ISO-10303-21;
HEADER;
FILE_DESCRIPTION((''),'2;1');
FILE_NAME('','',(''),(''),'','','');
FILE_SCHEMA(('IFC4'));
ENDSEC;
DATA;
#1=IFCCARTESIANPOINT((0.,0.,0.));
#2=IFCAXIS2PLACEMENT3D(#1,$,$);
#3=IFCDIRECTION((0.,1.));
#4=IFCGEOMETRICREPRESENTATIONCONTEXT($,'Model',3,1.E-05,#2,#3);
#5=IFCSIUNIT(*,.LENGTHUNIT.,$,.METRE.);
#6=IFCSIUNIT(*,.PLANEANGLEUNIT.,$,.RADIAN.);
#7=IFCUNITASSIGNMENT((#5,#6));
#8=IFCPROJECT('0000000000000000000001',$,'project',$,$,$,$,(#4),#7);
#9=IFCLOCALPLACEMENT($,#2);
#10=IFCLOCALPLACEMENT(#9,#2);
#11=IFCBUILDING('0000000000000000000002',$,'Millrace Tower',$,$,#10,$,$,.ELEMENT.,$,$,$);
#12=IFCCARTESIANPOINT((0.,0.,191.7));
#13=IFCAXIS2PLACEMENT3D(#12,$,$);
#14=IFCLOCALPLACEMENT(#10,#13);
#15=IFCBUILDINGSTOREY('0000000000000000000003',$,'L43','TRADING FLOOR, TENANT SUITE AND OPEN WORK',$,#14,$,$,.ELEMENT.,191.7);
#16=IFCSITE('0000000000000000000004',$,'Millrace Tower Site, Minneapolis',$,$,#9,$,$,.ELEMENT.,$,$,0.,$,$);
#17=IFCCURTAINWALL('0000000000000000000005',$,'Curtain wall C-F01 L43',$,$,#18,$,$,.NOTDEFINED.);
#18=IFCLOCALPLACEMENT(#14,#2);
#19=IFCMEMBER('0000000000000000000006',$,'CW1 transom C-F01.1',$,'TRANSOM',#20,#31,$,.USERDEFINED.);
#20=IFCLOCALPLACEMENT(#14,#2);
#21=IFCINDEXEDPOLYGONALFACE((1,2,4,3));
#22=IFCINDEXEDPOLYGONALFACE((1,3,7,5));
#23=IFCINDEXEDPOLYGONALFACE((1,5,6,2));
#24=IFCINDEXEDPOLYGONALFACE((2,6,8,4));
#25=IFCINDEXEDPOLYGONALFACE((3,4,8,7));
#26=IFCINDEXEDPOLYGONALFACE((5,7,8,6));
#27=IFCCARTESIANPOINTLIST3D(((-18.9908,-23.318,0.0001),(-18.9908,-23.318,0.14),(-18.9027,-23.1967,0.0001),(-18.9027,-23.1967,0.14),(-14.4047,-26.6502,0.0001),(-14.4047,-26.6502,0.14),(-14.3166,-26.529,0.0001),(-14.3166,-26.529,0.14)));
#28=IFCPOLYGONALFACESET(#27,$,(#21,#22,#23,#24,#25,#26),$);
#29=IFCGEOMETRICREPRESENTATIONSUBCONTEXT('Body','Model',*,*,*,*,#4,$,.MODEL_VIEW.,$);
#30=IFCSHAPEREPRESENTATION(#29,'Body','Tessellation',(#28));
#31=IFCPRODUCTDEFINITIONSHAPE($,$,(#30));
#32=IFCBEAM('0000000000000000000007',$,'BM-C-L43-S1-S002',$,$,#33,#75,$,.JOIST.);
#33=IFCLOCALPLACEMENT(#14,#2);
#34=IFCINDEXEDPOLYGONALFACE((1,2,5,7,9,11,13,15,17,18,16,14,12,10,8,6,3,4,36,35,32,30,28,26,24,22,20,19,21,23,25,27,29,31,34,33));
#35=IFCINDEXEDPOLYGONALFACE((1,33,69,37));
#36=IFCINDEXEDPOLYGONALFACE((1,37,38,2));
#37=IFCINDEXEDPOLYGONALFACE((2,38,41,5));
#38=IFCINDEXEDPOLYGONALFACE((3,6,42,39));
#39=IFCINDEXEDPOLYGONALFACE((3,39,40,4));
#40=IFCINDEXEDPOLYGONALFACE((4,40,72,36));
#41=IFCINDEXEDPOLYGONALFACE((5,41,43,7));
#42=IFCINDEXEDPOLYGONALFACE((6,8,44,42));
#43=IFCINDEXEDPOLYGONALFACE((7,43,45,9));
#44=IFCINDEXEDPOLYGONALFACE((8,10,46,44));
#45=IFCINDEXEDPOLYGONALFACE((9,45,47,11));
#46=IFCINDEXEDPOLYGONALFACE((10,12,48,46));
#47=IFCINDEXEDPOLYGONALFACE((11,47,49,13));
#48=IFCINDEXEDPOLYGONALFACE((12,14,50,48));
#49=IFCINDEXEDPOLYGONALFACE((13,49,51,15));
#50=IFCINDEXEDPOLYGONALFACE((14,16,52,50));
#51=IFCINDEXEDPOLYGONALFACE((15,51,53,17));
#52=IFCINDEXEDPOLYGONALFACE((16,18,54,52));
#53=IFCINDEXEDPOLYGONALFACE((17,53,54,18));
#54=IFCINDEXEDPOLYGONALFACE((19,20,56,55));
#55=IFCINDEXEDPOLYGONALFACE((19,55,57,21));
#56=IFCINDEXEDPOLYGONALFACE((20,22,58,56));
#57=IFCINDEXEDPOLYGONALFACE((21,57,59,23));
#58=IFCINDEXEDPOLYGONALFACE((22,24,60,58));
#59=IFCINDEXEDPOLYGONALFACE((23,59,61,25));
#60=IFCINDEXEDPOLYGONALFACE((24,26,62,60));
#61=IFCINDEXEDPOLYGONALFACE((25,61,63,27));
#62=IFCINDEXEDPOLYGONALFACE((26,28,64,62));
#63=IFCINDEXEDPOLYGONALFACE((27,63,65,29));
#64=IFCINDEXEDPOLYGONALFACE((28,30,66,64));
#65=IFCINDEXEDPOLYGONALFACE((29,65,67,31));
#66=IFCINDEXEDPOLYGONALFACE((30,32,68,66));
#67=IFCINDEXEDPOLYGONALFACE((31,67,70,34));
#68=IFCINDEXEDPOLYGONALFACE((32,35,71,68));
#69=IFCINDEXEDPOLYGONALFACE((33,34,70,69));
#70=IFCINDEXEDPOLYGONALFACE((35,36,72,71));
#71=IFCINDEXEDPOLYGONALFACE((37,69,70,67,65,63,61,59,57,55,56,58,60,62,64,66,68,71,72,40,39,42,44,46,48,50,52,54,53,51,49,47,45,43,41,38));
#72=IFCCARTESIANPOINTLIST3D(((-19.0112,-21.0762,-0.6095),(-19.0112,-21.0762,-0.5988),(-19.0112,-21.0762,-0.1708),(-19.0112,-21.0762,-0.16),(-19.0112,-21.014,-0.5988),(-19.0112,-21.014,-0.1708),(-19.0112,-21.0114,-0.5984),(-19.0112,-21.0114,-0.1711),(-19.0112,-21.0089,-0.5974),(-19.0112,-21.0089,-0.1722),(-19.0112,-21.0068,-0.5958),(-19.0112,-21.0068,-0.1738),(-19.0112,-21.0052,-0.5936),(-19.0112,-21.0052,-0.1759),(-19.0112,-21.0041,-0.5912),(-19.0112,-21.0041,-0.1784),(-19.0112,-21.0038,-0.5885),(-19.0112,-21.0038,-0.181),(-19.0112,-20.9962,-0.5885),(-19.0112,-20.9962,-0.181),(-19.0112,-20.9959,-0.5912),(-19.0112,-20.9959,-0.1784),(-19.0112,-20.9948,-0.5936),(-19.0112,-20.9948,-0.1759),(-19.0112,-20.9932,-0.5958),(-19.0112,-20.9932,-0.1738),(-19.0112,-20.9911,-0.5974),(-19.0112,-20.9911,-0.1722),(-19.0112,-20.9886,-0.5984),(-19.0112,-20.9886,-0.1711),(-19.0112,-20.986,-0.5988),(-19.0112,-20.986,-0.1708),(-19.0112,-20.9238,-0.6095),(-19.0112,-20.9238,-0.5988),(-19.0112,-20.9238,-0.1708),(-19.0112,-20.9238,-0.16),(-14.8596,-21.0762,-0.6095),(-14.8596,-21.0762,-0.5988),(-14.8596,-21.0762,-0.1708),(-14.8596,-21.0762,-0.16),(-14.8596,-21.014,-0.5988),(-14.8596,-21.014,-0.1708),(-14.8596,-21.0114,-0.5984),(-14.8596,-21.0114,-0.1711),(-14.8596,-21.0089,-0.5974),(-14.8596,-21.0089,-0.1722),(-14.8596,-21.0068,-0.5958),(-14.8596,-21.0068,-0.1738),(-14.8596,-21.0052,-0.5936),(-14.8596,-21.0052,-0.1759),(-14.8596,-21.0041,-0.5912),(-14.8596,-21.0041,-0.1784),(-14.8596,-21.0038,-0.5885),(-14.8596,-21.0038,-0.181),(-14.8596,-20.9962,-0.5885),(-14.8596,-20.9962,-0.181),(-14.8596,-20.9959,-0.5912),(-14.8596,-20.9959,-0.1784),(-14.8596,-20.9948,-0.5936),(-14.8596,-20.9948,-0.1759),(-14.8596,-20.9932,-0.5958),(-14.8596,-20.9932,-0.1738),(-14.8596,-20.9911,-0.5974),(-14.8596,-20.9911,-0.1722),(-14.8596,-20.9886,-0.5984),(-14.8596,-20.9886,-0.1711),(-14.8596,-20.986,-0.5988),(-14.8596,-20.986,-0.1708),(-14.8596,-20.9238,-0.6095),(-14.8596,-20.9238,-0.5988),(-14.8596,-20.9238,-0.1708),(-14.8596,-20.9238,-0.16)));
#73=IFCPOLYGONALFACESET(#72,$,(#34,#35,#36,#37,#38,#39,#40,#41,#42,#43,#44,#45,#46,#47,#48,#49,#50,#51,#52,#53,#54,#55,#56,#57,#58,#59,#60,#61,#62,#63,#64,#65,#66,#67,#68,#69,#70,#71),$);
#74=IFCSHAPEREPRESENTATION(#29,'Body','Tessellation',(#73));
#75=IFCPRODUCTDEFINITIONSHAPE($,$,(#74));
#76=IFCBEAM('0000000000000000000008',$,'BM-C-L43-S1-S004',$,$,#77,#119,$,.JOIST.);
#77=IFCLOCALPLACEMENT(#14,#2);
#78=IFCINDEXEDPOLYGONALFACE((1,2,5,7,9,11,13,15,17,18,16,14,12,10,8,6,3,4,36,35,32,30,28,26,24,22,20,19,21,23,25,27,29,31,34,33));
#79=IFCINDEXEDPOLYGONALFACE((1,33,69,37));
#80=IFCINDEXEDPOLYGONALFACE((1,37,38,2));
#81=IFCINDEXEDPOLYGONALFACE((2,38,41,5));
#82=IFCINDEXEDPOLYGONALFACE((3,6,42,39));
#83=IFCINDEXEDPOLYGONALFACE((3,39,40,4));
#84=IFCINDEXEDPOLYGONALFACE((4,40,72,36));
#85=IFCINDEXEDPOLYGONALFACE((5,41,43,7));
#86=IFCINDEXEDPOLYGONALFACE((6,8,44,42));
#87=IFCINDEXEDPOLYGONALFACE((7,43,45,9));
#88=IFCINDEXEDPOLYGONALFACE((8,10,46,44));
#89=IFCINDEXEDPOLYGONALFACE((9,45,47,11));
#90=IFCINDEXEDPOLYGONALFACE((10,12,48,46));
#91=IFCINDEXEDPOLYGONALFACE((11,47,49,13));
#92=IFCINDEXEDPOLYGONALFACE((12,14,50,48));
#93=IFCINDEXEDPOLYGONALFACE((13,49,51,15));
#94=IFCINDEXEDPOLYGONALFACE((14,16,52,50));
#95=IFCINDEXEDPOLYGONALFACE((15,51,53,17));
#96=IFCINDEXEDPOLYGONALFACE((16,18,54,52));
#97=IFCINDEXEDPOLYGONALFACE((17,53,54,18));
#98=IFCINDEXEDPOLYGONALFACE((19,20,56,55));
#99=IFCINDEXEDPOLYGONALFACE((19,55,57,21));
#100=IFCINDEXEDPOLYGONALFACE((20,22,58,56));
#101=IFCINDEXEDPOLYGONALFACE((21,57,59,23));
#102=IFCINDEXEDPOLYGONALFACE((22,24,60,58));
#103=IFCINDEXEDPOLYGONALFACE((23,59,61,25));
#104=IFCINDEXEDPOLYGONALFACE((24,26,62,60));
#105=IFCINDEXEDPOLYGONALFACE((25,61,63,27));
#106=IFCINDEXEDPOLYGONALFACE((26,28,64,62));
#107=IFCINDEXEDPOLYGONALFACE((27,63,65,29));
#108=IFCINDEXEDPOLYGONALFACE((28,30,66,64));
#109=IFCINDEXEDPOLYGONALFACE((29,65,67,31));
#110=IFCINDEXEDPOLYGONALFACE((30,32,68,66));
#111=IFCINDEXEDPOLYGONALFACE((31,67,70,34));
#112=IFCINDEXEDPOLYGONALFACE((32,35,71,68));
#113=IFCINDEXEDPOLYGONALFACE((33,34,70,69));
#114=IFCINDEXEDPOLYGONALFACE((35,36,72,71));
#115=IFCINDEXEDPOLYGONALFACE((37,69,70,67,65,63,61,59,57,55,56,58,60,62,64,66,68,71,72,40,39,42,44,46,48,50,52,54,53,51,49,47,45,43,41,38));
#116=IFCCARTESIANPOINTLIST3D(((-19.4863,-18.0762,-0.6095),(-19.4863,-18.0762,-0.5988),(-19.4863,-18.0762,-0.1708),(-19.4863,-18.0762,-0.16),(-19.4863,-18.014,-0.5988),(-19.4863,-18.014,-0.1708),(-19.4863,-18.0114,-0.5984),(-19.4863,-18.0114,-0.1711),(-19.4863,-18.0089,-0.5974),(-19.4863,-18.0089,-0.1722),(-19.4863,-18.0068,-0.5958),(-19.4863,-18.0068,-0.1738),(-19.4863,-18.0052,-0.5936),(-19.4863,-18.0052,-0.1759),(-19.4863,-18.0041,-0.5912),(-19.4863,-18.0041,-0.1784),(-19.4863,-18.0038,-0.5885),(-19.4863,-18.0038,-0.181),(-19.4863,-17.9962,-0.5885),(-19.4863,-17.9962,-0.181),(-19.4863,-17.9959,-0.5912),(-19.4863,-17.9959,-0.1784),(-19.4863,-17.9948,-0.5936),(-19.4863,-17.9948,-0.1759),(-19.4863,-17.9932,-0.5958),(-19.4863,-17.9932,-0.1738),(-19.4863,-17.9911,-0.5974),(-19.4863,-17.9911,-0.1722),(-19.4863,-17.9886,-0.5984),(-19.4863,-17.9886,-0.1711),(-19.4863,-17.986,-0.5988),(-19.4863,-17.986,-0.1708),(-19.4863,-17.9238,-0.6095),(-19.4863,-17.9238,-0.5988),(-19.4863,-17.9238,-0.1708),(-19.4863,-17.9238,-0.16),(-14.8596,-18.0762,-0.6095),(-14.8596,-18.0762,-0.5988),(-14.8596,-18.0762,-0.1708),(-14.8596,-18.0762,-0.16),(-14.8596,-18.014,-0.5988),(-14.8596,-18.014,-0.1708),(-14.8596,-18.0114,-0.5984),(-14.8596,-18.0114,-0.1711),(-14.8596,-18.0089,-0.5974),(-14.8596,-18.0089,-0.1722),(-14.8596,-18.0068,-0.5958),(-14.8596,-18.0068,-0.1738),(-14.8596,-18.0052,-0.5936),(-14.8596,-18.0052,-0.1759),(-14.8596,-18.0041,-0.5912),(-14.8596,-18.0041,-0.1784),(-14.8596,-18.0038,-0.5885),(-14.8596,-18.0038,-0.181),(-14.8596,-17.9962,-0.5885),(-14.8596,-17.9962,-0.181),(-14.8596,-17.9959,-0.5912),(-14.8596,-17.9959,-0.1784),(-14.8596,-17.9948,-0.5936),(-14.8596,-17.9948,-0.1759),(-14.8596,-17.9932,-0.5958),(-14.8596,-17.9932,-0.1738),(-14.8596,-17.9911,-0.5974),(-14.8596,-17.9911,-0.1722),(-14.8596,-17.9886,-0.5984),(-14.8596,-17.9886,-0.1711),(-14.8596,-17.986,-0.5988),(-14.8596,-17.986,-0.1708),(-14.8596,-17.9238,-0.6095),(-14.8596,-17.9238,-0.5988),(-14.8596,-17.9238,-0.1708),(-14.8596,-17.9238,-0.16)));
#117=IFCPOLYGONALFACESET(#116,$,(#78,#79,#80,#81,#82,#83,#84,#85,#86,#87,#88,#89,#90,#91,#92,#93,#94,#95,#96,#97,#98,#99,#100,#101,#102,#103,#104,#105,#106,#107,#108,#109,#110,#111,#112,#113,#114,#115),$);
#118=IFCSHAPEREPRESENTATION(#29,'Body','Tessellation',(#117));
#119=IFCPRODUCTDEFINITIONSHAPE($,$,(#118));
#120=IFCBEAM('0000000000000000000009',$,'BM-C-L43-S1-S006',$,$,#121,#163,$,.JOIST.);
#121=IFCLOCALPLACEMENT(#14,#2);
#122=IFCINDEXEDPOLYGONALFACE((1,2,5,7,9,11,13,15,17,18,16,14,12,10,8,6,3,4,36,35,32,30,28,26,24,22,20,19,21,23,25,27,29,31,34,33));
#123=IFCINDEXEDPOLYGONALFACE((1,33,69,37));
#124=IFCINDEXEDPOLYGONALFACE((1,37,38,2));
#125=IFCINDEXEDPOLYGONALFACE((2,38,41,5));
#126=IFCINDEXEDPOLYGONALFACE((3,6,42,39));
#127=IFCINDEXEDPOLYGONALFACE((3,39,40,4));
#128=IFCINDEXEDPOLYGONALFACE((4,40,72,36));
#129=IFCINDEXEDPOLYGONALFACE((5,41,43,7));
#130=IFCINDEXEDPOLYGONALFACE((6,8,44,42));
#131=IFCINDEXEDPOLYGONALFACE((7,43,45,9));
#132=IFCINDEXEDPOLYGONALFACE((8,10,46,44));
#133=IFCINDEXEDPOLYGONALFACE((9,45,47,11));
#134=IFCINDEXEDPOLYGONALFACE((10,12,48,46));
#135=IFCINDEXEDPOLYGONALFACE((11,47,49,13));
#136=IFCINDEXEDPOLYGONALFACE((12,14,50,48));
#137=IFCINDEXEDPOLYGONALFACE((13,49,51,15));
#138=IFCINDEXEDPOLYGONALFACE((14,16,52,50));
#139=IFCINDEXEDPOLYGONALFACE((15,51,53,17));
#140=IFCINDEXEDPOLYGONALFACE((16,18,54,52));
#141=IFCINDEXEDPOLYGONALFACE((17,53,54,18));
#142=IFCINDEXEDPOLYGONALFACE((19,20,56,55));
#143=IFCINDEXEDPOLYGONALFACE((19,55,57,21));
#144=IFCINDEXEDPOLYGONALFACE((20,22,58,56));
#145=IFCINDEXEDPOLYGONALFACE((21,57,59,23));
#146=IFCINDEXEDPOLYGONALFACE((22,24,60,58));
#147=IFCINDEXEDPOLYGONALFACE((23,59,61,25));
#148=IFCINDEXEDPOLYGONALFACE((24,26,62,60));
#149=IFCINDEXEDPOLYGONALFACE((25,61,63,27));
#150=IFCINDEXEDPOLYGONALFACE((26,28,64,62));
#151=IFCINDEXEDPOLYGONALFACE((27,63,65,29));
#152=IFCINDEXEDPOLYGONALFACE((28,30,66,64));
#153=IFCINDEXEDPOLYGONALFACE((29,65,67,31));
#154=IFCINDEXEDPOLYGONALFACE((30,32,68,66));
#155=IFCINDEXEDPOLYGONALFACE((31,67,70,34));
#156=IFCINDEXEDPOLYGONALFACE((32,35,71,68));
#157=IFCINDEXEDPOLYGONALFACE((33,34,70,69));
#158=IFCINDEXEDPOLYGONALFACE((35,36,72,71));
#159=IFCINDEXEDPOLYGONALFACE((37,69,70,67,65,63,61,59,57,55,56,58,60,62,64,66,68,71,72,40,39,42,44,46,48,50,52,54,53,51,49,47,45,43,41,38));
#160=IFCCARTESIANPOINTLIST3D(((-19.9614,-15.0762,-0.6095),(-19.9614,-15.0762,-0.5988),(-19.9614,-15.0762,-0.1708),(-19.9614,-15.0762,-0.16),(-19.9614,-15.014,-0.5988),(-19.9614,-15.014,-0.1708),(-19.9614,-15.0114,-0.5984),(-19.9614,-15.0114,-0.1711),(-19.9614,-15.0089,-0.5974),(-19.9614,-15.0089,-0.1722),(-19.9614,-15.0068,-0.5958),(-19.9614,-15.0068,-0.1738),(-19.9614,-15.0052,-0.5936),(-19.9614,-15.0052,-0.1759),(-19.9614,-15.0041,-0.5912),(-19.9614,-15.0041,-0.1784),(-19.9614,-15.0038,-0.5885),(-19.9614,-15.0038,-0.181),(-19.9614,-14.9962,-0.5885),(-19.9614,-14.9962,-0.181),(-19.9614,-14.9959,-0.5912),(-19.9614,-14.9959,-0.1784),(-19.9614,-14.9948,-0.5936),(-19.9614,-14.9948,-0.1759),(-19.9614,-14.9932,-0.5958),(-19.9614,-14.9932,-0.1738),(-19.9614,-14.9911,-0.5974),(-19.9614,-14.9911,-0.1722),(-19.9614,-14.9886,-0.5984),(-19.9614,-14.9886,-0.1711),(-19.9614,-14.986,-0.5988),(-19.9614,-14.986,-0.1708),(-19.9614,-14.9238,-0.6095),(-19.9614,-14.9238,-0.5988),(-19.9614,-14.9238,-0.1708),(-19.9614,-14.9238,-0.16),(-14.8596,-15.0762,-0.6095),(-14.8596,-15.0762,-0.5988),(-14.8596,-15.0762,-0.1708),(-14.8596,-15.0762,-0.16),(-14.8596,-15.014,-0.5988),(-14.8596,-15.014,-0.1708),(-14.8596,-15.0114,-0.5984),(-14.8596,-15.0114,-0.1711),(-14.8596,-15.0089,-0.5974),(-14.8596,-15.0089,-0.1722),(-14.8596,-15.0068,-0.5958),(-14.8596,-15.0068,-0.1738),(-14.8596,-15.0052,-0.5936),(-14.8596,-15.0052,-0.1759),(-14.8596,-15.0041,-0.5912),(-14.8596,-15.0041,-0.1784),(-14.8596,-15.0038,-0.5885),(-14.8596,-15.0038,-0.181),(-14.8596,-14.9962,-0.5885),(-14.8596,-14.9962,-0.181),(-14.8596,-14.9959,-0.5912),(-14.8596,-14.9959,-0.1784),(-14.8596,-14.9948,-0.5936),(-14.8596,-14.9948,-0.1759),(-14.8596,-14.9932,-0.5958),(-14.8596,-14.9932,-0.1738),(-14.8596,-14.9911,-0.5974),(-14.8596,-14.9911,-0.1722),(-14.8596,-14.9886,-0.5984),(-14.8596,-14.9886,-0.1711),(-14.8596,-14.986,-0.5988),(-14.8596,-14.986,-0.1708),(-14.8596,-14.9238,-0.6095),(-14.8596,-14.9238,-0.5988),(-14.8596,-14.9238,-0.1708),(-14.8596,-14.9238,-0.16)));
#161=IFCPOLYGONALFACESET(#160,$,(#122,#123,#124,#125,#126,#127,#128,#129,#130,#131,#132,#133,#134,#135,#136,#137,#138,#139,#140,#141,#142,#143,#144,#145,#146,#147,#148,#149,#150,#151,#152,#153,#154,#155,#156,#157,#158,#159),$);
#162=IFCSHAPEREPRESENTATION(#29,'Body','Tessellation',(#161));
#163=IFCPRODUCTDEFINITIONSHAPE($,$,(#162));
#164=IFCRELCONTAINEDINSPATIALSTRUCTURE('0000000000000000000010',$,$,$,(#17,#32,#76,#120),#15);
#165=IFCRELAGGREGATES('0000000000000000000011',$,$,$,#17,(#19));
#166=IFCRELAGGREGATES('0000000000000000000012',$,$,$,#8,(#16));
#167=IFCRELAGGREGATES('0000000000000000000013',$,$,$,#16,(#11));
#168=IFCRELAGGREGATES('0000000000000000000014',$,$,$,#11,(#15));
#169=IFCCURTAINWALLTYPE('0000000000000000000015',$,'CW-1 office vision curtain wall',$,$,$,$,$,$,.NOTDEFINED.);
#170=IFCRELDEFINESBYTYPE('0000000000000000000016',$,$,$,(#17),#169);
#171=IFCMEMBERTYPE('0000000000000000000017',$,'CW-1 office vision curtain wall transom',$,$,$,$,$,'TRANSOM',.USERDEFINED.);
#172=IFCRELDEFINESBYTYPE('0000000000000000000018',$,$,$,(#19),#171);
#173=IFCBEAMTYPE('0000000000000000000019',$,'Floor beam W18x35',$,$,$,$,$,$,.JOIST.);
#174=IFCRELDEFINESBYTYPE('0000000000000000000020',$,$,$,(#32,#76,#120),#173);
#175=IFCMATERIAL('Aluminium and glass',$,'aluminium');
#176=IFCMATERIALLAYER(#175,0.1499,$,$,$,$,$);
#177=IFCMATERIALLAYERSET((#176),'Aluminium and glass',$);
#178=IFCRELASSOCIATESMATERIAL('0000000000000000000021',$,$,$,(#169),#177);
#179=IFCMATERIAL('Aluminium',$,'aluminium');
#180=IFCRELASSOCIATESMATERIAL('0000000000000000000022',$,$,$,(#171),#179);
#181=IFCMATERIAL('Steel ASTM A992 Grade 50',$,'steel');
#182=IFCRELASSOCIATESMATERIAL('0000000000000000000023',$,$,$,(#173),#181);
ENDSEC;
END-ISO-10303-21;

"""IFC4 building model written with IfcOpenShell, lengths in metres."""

from ifc_helpers import new_model, si_unit, direction, frame, origin, origin_2d, place, context, subcontext, project, spatial, rectangle, i_section, extrude, material, layer, layer_set, material_profile, profile_set, type_object, element, aggregate, save


model = new_model("IFC4")

# Units and contexts
model_context = context("Model", 3, precision=1e-05, world=origin(), true_north=direction((0.0, 1.0)))
body_context = subcontext(model_context, "Body", "Model", "MODEL_VIEW")
ifc_project = project(units=[si_unit("LENGTHUNIT", "METRE"), si_unit("PLANEANGLEUNIT", "RADIAN")], contexts=[model_context])

# Site, building, storey
site_placement = place(None, origin())
site = spatial("IfcSite", under=ifc_project, at=site_placement, Name="Millrace Tower Site, Minneapolis", CompositionType="ELEMENT", RefElevation=0.0)
building_placement = place(site_placement, origin())
building = spatial("IfcBuilding", under=site, at=building_placement, Name="Millrace Tower", CompositionType="ELEMENT")
storey_placement = place(building_placement, frame((0.0, 0.0, 191.7)))
storey = spatial("IfcBuildingStorey", under=building, at=storey_placement, Name="L43", Description="TRADING FLOOR, TENANT SUITE AND OPEN WORK", CompositionType="ELEMENT", Elevation=191.7)

# Curtain wall
ifc_material_1 = material(Name="Aluminium and glass", Category="aluminium")
ifc_layer_1 = layer(ifc_material_1, 0.1499)
ifc_layer_set_1 = layer_set([ifc_layer_1], Name="Aluminium and glass")
curtain_wall_type = type_object("IfcCurtainWallType", Name="CW-1 office vision curtain wall", PredefinedType="NOTDEFINED", material=ifc_layer_set_1)
placement = place(storey_placement, origin())
curtain_wall_1 = element("IfcCurtainWall", 1, at=placement, inside=storey, type_object=curtain_wall_type, Name="Curtain wall C-F01 L43", PredefinedType="NOTDEFINED")

# Member
ifc_material_2 = material(Name="Aluminium", Category="aluminium")
ifc_material_profile_1 = material_profile(ifc_material_2, rectangle(XDim=0.1499, YDim=0.1399, at=origin_2d()))
ifc_profile_set_1 = profile_set([ifc_material_profile_1], Name="Aluminium")
member_type_1 = type_object("IfcMemberType", Name="CW-1 office vision curtain wall transom", ElementType="TRANSOM", PredefinedType="USERDEFINED", material=ifc_profile_set_1)
member_1_placement = place(storey_placement, frame((-18.9468, -23.2573, 0.0701), z_axis=(0.808999, -0.587811, 0.0), x_axis=(0.587811, 0.808999, 0.0)))
member_1 = element("IfcMember", 2, at=member_1_placement, type_object=member_type_1, Name="CW1 transom C-F01.1", ObjectType="TRANSOM", PredefinedType="USERDEFINED", context=body_context, shape_type="SweptSolid", body=[
    extrude(rectangle(XDim=0.1499, YDim=0.1399, at=origin_2d()), origin(), (0.0, 0.0, 1.0), 5.6689),
])
aggregate(curtain_wall_1, [member_1])

# Beams
ifc_material_3 = material(Name="Steel ASTM A992 Grade 50", Category="steel")
ifc_material_profile_2 = material_profile(ifc_material_3, i_section(OverallWidth=0.1523, OverallDepth=0.4495, WebThickness=0.0076, FlangeThickness=0.0107, FilletRadius=0.0103, at=origin_2d()))
ifc_profile_set_2 = profile_set([ifc_material_profile_2], Name="Steel ASTM A992 Grade 50")
beam_type_1 = type_object("IfcBeamType", Name="Floor beam W18x35", PredefinedType="JOIST", material=ifc_profile_set_2)
beam_1_placement = place(storey_placement, frame((-19.0112, -21.0, -0.3848), z_axis=(1.0, 0.0, 0.0), x_axis=(0.0, 1.0, 0.0)))
element("IfcBeam", 3, at=beam_1_placement, inside=storey, type_object=beam_type_1, Name="BM-C-L43-S1-S002", PredefinedType="JOIST", context=body_context, shape_type="SweptSolid", body=[
    extrude(i_section(OverallWidth=0.1523, OverallDepth=0.4495, WebThickness=0.0076, FlangeThickness=0.0107, FilletRadius=0.0103, at=origin_2d()), origin(), (0.0, 0.0, 1.0), 4.1516),
])
beam_2_placement = place(storey_placement, frame((-19.4863, -18.0, -0.3848), z_axis=(1.0, 0.0, 0.0), x_axis=(0.0, 1.0, 0.0)))
element("IfcBeam", 4, at=beam_2_placement, inside=storey, type_object=beam_type_1, Name="BM-C-L43-S1-S004", PredefinedType="JOIST", context=body_context, shape_type="SweptSolid", body=[
    extrude(i_section(OverallWidth=0.1523, OverallDepth=0.4495, WebThickness=0.0076, FlangeThickness=0.0107, FilletRadius=0.0103, at=origin_2d()), origin(), (0.0, 0.0, 1.0), 4.6267),
])
beam_3_placement = place(storey_placement, frame((-19.9614, -15.0, -0.3848), z_axis=(1.0, 0.0, 0.0), x_axis=(0.0, 1.0, 0.0)))
element("IfcBeam", 5, at=beam_3_placement, inside=storey, type_object=beam_type_1, Name="BM-C-L43-S1-S006", PredefinedType="JOIST", context=body_context, shape_type="SweptSolid", body=[
    extrude(i_section(OverallWidth=0.1523, OverallDepth=0.4495, WebThickness=0.0076, FlangeThickness=0.0107, FilletRadius=0.0103, at=origin_2d()), origin(), (0.0, 0.0, 1.0), 5.1018),
])

save(model, "model.ifc")
